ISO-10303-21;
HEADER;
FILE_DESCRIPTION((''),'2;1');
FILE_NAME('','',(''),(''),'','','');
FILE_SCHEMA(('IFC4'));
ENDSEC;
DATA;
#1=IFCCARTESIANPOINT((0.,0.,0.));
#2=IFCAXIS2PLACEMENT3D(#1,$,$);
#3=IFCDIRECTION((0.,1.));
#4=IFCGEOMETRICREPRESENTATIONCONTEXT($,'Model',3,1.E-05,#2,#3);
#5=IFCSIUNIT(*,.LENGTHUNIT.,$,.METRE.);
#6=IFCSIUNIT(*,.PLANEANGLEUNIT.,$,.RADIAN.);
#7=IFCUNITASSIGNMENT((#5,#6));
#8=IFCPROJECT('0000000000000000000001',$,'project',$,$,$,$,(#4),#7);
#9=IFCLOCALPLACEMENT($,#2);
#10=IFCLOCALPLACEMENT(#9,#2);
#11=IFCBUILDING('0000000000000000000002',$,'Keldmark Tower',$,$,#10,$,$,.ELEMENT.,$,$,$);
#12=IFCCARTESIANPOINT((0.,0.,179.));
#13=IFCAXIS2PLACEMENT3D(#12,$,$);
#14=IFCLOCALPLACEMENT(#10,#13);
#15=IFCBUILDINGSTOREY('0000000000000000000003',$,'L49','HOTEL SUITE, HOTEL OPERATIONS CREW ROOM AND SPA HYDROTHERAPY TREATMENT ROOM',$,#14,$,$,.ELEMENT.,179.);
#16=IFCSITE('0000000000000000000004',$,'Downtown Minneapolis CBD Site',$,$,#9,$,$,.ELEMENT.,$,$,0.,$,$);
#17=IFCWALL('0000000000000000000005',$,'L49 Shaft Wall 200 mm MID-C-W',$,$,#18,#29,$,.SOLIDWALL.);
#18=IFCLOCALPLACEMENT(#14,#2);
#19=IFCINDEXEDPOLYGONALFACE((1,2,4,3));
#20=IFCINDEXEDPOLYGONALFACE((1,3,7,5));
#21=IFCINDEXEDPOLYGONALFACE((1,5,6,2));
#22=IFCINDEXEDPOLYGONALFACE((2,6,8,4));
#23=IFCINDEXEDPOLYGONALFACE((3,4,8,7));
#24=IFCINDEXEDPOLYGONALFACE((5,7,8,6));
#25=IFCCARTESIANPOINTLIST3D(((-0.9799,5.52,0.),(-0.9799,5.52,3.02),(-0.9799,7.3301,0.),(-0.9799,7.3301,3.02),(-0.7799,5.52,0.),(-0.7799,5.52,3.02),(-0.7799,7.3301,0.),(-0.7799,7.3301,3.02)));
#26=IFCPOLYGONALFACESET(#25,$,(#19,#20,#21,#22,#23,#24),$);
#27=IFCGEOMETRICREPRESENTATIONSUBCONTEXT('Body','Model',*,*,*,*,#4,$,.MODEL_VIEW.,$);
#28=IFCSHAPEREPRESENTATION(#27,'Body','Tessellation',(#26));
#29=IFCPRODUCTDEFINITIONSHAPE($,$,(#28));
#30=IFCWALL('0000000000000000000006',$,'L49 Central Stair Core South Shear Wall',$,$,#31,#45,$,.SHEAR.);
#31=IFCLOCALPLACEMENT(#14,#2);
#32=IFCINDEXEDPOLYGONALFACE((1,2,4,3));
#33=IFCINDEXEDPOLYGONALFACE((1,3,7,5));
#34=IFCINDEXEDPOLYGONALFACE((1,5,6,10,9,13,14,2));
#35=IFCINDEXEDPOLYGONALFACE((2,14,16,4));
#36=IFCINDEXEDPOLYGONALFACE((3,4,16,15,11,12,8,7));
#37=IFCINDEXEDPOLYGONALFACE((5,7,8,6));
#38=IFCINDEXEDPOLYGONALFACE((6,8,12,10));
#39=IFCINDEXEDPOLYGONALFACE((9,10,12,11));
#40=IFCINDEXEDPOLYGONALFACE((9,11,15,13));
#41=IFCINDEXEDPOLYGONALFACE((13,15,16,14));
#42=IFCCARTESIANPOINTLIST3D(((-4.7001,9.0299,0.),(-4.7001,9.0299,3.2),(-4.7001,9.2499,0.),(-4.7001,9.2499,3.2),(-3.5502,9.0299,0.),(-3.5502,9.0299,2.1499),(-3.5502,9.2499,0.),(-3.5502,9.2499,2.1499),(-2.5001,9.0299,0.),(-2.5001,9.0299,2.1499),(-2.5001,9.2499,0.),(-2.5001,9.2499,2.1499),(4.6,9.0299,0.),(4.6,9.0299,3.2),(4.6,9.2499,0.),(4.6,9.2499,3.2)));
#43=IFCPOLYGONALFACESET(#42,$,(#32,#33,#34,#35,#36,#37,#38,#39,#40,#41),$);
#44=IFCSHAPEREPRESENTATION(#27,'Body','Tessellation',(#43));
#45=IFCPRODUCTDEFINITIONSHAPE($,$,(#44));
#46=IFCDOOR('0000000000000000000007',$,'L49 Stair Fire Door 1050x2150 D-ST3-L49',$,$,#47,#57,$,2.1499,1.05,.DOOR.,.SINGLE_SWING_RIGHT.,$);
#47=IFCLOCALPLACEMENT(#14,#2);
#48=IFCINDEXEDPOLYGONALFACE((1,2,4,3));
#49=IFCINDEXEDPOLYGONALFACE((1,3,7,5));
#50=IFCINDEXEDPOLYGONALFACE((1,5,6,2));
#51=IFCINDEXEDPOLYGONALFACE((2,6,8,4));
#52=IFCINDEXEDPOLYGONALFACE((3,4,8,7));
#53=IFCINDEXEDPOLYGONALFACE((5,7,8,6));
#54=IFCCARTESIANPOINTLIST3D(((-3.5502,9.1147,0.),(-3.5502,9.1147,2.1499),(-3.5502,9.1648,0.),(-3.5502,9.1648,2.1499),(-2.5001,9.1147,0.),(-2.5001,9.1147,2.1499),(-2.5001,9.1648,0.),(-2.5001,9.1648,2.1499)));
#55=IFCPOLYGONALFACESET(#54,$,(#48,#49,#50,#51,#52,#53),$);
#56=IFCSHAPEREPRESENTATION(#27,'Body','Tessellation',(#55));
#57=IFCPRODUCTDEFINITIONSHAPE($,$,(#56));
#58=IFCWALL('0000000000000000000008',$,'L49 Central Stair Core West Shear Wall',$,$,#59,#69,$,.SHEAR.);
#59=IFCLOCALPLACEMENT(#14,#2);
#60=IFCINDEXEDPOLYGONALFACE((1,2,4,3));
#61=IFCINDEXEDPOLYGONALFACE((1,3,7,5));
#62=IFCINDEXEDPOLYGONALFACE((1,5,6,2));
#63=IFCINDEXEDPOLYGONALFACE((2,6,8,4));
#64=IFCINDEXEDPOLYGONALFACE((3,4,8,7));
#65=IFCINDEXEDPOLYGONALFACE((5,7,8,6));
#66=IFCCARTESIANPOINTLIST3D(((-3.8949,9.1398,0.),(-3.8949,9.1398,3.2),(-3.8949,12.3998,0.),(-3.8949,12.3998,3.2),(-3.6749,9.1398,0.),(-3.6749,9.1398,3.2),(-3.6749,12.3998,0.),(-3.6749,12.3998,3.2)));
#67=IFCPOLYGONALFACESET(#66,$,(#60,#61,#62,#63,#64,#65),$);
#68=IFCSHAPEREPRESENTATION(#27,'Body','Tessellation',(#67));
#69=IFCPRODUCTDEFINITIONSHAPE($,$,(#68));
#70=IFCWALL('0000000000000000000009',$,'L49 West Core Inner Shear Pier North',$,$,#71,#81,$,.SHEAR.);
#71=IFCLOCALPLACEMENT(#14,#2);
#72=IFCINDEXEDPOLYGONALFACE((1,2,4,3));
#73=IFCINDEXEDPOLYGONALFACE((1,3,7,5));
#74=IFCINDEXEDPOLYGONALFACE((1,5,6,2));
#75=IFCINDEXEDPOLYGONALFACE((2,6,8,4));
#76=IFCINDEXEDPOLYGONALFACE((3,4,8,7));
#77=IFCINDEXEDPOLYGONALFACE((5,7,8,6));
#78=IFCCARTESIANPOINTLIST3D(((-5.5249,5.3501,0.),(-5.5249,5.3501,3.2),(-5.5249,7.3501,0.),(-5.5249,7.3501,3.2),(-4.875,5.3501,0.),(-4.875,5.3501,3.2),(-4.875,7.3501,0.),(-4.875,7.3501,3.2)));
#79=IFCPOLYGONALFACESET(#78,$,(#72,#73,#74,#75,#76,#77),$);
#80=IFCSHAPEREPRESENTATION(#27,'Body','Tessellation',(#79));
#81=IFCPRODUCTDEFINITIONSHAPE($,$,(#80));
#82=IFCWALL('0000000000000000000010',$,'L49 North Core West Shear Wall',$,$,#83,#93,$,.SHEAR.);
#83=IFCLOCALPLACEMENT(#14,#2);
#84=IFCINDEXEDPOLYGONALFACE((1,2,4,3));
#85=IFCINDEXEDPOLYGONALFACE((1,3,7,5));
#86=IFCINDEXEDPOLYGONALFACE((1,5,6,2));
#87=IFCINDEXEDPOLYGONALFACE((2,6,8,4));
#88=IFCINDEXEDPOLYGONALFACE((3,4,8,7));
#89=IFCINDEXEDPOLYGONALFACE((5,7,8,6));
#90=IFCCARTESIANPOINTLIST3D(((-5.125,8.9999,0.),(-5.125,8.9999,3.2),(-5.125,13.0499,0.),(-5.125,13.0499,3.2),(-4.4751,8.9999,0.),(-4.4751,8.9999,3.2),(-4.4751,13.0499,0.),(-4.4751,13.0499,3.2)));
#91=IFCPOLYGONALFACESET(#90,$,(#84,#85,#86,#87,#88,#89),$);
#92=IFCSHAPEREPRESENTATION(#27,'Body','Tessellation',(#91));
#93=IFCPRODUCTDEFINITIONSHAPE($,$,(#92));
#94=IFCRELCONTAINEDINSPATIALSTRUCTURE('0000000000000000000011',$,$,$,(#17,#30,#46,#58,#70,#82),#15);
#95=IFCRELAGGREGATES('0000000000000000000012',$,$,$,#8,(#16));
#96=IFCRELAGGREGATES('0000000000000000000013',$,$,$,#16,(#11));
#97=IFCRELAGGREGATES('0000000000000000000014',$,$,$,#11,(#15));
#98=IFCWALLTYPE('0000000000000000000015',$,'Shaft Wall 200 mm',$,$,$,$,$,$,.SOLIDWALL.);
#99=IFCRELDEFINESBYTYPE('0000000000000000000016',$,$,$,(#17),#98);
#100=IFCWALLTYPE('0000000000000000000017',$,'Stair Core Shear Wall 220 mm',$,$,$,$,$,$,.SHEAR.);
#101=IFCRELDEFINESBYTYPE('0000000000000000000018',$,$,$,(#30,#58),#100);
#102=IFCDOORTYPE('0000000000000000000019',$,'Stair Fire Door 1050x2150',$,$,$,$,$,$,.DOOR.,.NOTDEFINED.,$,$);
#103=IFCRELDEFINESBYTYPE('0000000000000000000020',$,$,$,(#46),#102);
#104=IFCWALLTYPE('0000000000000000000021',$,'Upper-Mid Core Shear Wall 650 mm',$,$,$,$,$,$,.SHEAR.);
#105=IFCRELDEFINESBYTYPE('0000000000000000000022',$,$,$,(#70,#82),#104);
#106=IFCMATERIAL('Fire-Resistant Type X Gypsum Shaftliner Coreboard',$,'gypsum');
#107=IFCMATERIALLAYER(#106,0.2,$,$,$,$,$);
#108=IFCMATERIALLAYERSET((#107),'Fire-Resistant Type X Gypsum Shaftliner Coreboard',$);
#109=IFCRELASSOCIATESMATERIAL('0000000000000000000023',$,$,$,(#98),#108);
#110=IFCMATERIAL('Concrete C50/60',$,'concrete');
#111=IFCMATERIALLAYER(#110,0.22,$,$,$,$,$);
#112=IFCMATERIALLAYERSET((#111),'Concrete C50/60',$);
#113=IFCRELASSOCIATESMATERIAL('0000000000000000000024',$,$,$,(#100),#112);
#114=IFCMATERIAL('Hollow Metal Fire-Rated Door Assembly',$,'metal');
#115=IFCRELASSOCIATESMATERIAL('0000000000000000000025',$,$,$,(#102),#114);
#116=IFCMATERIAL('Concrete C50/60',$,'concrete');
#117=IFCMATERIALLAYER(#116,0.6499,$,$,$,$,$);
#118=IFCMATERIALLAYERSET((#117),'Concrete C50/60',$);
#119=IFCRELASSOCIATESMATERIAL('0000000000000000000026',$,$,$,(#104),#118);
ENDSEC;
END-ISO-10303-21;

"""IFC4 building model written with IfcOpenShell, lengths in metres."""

from ifc_helpers import new_model, si_unit, direction, frame, frame_2d, origin, place, context, subcontext, project, spatial, rectangle, extrude, material, layer, layer_set, type_object, element, fill, save


model = new_model("IFC4")

# Units and contexts
model_context = context("Model", 3, precision=1e-05, world=origin(), true_north=direction((0.0, 1.0)))
body_context = subcontext(model_context, "Body", "Model", "MODEL_VIEW")
ifc_project = project(units=[si_unit("LENGTHUNIT", "METRE"), si_unit("PLANEANGLEUNIT", "RADIAN")], contexts=[model_context])

# Site, building, storey
site_placement = place(None, origin())
site = spatial("IfcSite", under=ifc_project, at=site_placement, Name="Downtown Minneapolis CBD Site", CompositionType="ELEMENT", RefElevation=0.0)
building_placement = place(site_placement, origin())
building = spatial("IfcBuilding", under=site, at=building_placement, Name="Keldmark Tower", CompositionType="ELEMENT")
storey_placement = place(building_placement, frame((0.0, 0.0, 179.0)))
storey = spatial("IfcBuildingStorey", under=building, at=storey_placement, Name="L49", Description="HOTEL SUITE, HOTEL OPERATIONS CREW ROOM AND SPA HYDROTHERAPY TREATMENT ROOM", CompositionType="ELEMENT", Elevation=179.0)

# Shared definitions
ifc_material_1 = material(Name="Fire-Resistant Type X Gypsum Shaftliner Coreboard", Category="gypsum")
ifc_layer_1 = layer(ifc_material_1, 0.2)
ifc_layer_set_1 = layer_set([ifc_layer_1], Name="Fire-Resistant Type X Gypsum Shaftliner Coreboard")
wall_type_1 = type_object("IfcWallType", Name="Shaft Wall 200 mm", PredefinedType="SOLIDWALL", material=ifc_layer_set_1)

# Wall
for number, where, z_axis, x_axis, name in (
    (1, (-0.8799, 5.52, 0.0), (0.0, 0.0, 1.0), (0.0, 1.0, 0.0), "L49 Shaft Wall 200 mm MID-C-W"),
):
    element("IfcWall", number, at=place(storey_placement, frame(where, z_axis=z_axis, x_axis=x_axis)), inside=storey, type_object=wall_type_1, Name=name, PredefinedType="SOLIDWALL", context=body_context, shape_type="SweptSolid", body=[
        extrude(rectangle(XDim=1.8101, YDim=0.2, at=frame_2d((0.905, 0.0))), origin(), (0.0, 0.0, 1.0), 3.02),
    ])

# Wall, opening, door
ifc_material_2 = material(Name="Concrete C50/60", Category="concrete")
ifc_layer_2 = layer(ifc_material_2, 0.22)
ifc_layer_set_2 = layer_set([ifc_layer_2], Name="Concrete C50/60")
wall_type_2 = type_object("IfcWallType", Name="Stair Core Shear Wall 220 mm", PredefinedType="SHEAR", material=ifc_layer_set_2)
wall_1_placement = place(storey_placement, frame((-4.7, 9.1399, 0.0), z_axis=(0.0, 0.0, 1.0), x_axis=(1.0, 0.0, 0.0)))
wall_1 = element("IfcWall", 2, at=wall_1_placement, inside=storey, type_object=wall_type_2, Name="L49 Central Stair Core South Shear Wall", PredefinedType="SHEAR", context=body_context, shape_type="SweptSolid", body=[
    extrude(rectangle(XDim=9.3, YDim=0.22, at=frame_2d((4.6499, 0.0))), origin(), (0.0, 0.0, 1.0), 3.2),
])
opening_1_placement = place(wall_1_placement, frame((1.1499, 0.0, 0.0)))
opening_1 = element("IfcOpeningElement", 3, at=opening_1_placement, cuts=wall_1, PredefinedType="OPENING", context=body_context, shape_type="SweptSolid", body=[
    extrude(rectangle(XDim=1.05, YDim=2.1499, at=frame_2d((0.5249, 1.075))), frame((0.0, 0.1199, 0.0), z_axis=(0.0, -1.0, 0.0), x_axis=(1.0, 0.0, 0.0)), (0.0, 0.0, 1.0), 0.24),
])
ifc_material_3 = material(Name="Hollow Metal Fire-Rated Door Assembly", Category="metal")
door_type_1 = type_object("IfcDoorType", Name="Stair Fire Door 1050x2150", OperationType="NOTDEFINED", PredefinedType="DOOR", material=ifc_material_3)
door_1_placement = place(opening_1_placement, origin())
door_1 = element("IfcDoor", 4, at=door_1_placement, inside=storey, type_object=door_type_1, Name="L49 Stair Fire Door 1050x2150 D-ST3-L49", OperationType="SINGLE_SWING_RIGHT", OverallHeight=2.1499, OverallWidth=1.05, PredefinedType="DOOR", context=body_context, shape_type="SweptSolid", body=[
    extrude(rectangle(XDim=1.05, YDim=2.1499, at=frame_2d((0.5249, 1.075))), frame((0.0, 0.0249, 0.0), z_axis=(0.0, -1.0, 0.0), x_axis=(1.0, 0.0, 0.0)), (0.0, 0.0, 1.0), 0.05),
])
fill(opening_1, door_1)

# Wall
wall_2_placement = place(storey_placement, frame((-3.7849, 9.1399, 0.0), z_axis=(0.0, 0.0, 1.0), x_axis=(0.0, 1.0, 0.0)))
element("IfcWall", 5, at=wall_2_placement, inside=storey, type_object=wall_type_2, Name="L49 Central Stair Core West Shear Wall", PredefinedType="SHEAR", context=body_context, shape_type="SweptSolid", body=[
    extrude(rectangle(XDim=3.26, YDim=0.22, at=frame_2d((1.6299, 0.0))), origin(), (0.0, 0.0, 1.0), 3.2),
])

# Shared definitions
ifc_material_4 = material(Name="Concrete C50/60", Category="concrete")
ifc_layer_3 = layer(ifc_material_4, 0.6499)
ifc_layer_set_3 = layer_set([ifc_layer_3], Name="Concrete C50/60")
wall_type_3 = type_object("IfcWallType", Name="Upper-Mid Core Shear Wall 650 mm", PredefinedType="SHEAR", material=ifc_layer_set_3)

# Walls
wall_3_placement = place(storey_placement, frame((-5.2, 5.3501, 0.0), z_axis=(0.0, 0.0, 1.0), x_axis=(0.0, 1.0, 0.0)))
element("IfcWall", 6, at=wall_3_placement, inside=storey, type_object=wall_type_3, Name="L49 West Core Inner Shear Pier North", PredefinedType="SHEAR", context=body_context, shape_type="SweptSolid", body=[
    extrude(rectangle(XDim=2.0, YDim=0.6499, at=frame_2d((1.0, 0.0))), origin(), (0.0, 0.0, 1.0), 3.2),
])
wall_4_placement = place(storey_placement, frame((-4.8, 9.0, 0.0), z_axis=(0.0, 0.0, 1.0), x_axis=(0.0, 1.0, 0.0)))
element("IfcWall", 7, at=wall_4_placement, inside=storey, type_object=wall_type_3, Name="L49 North Core West Shear Wall", PredefinedType="SHEAR", context=body_context, shape_type="SweptSolid", body=[
    extrude(rectangle(XDim=4.05, YDim=0.6499, at=frame_2d((2.0249, 0.0))), origin(), (0.0, 0.0, 1.0), 3.2),
])

save(model, "model.ifc")
